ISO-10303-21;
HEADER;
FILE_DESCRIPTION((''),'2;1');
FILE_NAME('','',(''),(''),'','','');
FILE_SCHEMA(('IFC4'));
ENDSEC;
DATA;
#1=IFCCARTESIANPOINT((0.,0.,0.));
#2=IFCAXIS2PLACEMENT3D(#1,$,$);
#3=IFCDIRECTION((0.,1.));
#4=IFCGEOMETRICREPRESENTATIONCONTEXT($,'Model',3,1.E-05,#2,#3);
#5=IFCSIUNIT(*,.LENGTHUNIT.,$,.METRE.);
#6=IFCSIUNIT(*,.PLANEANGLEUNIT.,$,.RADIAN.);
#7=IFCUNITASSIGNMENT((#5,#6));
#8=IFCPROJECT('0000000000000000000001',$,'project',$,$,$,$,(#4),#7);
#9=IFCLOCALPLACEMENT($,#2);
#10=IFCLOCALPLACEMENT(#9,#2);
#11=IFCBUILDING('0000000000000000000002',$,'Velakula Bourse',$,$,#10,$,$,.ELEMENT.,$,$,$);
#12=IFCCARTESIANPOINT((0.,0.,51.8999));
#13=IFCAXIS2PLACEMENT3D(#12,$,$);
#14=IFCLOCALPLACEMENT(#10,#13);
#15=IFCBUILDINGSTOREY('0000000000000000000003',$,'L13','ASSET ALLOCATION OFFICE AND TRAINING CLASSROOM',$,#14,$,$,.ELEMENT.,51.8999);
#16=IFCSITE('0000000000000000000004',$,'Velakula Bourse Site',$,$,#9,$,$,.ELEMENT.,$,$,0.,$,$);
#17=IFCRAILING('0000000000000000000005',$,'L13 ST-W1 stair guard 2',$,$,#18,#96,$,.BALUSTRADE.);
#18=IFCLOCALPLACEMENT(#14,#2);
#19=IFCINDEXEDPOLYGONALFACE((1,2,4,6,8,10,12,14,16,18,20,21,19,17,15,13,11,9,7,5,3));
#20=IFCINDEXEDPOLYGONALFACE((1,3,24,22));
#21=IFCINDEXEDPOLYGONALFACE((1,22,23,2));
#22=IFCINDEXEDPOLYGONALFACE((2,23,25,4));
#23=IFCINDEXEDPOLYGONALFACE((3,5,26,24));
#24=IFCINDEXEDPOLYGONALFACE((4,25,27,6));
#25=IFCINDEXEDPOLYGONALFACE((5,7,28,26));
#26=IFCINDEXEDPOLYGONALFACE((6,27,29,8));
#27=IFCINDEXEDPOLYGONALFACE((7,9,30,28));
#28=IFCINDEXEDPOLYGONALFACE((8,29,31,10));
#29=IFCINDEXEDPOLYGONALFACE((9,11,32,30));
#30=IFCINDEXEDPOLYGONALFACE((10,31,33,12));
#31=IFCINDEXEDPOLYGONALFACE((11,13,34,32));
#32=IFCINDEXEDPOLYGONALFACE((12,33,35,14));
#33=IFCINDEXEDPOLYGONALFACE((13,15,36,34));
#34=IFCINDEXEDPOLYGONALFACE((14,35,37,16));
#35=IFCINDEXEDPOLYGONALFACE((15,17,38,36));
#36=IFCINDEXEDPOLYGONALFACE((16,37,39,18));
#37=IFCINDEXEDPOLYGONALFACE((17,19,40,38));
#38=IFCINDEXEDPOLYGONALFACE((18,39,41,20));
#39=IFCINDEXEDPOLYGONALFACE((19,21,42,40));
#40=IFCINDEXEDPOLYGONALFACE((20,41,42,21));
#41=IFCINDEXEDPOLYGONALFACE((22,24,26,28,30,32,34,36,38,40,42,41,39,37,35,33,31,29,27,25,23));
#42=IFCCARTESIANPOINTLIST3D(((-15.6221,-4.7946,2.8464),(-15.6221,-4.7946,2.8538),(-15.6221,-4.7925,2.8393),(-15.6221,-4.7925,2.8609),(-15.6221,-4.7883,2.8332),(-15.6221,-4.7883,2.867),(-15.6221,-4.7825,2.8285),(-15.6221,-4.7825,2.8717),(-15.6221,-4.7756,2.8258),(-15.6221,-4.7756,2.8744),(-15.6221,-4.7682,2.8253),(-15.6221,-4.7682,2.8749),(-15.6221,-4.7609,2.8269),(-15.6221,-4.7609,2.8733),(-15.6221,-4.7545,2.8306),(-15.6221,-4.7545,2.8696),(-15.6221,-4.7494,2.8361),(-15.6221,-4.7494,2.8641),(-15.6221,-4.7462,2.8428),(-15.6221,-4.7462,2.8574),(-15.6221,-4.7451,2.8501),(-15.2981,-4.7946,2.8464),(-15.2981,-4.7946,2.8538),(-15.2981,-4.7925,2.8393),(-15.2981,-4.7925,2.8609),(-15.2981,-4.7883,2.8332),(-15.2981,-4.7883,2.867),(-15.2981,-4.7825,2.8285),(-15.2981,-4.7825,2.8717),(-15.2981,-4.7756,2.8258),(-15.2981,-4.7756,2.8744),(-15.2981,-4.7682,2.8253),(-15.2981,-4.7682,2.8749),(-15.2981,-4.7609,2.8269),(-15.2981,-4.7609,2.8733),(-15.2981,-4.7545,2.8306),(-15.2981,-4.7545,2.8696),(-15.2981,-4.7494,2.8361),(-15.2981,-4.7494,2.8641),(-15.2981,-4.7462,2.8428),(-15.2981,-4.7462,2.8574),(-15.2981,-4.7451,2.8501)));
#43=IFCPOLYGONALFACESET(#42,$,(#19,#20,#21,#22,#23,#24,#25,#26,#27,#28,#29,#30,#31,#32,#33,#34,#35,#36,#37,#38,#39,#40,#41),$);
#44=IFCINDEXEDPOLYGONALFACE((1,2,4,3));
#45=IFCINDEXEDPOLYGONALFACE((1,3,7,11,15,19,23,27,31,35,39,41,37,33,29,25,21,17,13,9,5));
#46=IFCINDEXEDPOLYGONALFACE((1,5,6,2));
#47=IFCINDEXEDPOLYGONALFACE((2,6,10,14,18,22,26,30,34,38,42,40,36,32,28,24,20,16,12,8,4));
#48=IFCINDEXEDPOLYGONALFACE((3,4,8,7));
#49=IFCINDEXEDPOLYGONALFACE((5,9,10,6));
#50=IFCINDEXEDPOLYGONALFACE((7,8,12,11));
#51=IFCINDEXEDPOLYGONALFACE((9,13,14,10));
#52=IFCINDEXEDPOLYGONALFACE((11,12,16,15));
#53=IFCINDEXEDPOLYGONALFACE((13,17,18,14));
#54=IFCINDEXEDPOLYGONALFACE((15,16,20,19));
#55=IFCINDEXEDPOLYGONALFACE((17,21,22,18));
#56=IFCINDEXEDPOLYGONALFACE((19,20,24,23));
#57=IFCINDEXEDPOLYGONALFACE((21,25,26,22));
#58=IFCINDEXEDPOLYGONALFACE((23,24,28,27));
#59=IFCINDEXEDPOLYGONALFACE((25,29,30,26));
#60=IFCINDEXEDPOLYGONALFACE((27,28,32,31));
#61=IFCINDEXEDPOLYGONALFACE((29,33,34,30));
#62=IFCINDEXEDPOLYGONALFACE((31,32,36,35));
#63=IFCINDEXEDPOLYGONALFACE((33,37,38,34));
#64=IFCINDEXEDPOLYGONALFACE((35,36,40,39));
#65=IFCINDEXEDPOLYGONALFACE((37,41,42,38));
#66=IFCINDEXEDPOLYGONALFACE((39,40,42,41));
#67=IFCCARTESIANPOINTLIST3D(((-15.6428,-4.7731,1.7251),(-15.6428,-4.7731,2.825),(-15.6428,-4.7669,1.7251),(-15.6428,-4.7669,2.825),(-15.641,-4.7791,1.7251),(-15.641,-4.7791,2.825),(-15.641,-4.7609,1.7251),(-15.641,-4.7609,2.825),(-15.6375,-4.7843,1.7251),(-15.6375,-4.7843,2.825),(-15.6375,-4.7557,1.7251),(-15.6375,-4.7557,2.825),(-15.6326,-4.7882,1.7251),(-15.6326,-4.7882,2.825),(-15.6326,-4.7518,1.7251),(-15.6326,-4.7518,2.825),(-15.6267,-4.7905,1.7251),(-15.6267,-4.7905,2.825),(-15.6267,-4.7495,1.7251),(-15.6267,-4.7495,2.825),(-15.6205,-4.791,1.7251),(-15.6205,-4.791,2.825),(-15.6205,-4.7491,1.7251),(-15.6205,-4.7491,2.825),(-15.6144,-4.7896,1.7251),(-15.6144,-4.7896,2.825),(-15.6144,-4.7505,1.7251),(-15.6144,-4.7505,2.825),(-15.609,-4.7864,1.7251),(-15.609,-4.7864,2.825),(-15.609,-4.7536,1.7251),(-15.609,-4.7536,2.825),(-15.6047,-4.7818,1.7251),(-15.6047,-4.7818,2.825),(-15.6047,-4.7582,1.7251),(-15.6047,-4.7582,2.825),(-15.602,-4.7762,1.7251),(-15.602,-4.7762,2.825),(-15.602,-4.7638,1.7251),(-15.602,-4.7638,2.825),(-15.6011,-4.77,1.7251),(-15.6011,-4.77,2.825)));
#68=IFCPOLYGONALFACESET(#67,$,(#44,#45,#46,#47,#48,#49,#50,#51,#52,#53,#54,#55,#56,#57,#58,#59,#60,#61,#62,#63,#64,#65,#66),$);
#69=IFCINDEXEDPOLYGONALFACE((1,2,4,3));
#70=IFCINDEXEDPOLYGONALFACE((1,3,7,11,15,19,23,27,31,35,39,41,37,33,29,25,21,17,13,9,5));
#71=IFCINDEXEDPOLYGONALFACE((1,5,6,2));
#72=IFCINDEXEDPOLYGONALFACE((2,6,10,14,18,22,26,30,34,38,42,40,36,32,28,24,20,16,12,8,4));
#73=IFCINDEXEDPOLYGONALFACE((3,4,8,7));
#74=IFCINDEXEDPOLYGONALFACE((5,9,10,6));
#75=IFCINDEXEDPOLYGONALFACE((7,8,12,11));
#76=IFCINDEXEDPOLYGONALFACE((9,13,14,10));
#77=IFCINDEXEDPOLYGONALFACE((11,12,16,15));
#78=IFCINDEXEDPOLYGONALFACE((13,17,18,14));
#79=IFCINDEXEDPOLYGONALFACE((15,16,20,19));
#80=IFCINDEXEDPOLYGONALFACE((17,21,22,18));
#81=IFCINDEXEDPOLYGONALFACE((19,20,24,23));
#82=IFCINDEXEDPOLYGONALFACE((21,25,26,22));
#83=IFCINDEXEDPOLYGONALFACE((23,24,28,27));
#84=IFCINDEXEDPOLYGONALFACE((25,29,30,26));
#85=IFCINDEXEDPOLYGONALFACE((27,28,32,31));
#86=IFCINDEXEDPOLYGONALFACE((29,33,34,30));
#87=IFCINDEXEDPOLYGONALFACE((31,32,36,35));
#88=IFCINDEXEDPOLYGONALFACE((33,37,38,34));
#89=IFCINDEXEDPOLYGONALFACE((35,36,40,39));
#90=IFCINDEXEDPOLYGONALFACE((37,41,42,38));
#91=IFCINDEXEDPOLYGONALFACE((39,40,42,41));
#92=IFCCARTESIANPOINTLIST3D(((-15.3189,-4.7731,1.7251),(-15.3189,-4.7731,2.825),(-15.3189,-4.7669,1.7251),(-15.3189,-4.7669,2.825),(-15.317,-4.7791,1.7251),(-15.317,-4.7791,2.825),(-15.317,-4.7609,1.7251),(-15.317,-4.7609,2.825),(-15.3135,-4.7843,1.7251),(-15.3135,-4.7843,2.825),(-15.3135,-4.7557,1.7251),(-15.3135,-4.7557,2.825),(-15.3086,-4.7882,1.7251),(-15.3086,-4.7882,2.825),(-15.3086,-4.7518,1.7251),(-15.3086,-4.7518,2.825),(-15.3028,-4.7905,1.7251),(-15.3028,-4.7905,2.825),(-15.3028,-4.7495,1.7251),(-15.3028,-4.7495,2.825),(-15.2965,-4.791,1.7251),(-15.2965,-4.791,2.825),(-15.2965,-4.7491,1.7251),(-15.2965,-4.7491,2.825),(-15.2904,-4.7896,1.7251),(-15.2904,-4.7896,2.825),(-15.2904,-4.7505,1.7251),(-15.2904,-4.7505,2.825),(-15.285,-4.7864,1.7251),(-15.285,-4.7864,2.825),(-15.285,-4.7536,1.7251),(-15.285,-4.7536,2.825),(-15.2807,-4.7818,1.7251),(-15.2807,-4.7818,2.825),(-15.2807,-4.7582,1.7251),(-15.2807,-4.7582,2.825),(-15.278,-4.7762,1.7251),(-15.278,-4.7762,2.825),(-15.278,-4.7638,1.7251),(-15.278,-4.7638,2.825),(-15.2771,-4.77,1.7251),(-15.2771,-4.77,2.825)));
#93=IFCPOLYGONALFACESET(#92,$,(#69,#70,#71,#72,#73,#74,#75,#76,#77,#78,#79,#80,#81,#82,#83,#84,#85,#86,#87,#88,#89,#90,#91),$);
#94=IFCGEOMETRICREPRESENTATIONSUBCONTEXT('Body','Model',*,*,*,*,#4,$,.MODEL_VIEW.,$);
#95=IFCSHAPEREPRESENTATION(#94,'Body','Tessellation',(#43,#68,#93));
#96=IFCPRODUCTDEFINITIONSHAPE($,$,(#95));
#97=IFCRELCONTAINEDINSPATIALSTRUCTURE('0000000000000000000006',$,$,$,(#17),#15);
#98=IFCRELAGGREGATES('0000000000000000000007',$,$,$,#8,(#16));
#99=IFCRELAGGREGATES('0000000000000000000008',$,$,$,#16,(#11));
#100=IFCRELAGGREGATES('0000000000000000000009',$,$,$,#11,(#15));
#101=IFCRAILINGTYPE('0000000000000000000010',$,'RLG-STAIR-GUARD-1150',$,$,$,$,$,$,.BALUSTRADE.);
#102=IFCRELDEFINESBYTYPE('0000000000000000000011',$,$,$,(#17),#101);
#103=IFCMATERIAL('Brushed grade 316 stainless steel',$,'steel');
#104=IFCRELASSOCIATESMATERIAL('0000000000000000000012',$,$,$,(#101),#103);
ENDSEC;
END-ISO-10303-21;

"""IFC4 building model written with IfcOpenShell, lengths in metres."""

from ifc_helpers import new_model, si_unit, direction, frame, origin, origin_2d, place, context, subcontext, project, spatial, circle, extrude, material, type_object, element, save


model = new_model("IFC4")

# Units and contexts
model_context = context("Model", 3, precision=1e-05, world=origin(), true_north=direction((0.0, 1.0)))
body_context = subcontext(model_context, "Body", "Model", "MODEL_VIEW")
ifc_project = project(units=[si_unit("LENGTHUNIT", "METRE"), si_unit("PLANEANGLEUNIT", "RADIAN")], contexts=[model_context])

# Site, building, storey
site_placement = place(None, origin())
site = spatial("IfcSite", under=ifc_project, at=site_placement, Name="Velakula Bourse Site", CompositionType="ELEMENT", RefElevation=0.0)
building_placement = place(site_placement, origin())
building = spatial("IfcBuilding", under=site, at=building_placement, Name="Velakula Bourse", CompositionType="ELEMENT")
storey_placement = place(building_placement, frame((0.0, 0.0, 51.8999)))
storey = spatial("IfcBuildingStorey", under=building, at=storey_placement, Name="L13", Description="ASSET ALLOCATION OFFICE AND TRAINING CLASSROOM", CompositionType="ELEMENT", Elevation=51.8999)

# Shared definitions
ifc_material_1 = material(Name="Brushed grade 316 stainless steel", Category="steel")

# Railing
railing_type_1 = type_object("IfcRailingType", Name="RLG-STAIR-GUARD-1150", PredefinedType="BALUSTRADE", material=ifc_material_1)
railing_1_placement = place(storey_placement, frame((-15.6221, -4.77, 1.7251)))
element("IfcRailing", 1, at=railing_1_placement, inside=storey, type_object=railing_type_1, Name="L13 ST-W1 stair guard 2", PredefinedType="BALUSTRADE", context=body_context, shape_type="SweptSolid", body=[
    extrude(circle(Radius=0.0249, at=origin_2d()), frame((0.0, 0.0, 1.125), z_axis=(1.0, 0.0, 0.0), x_axis=(0.0, 1.0, 0.0)), (0.0, 0.0, 1.0), 0.324),
    extrude(circle(Radius=0.021, at=origin_2d()), origin(), (0.0, 0.0, 1.0), 1.0999),
    extrude(circle(Radius=0.021, at=origin_2d()), frame((0.324, 0.0, 0.0)), (0.0, 0.0, 1.0), 1.0999),
])

save(model, "model.ifc")
